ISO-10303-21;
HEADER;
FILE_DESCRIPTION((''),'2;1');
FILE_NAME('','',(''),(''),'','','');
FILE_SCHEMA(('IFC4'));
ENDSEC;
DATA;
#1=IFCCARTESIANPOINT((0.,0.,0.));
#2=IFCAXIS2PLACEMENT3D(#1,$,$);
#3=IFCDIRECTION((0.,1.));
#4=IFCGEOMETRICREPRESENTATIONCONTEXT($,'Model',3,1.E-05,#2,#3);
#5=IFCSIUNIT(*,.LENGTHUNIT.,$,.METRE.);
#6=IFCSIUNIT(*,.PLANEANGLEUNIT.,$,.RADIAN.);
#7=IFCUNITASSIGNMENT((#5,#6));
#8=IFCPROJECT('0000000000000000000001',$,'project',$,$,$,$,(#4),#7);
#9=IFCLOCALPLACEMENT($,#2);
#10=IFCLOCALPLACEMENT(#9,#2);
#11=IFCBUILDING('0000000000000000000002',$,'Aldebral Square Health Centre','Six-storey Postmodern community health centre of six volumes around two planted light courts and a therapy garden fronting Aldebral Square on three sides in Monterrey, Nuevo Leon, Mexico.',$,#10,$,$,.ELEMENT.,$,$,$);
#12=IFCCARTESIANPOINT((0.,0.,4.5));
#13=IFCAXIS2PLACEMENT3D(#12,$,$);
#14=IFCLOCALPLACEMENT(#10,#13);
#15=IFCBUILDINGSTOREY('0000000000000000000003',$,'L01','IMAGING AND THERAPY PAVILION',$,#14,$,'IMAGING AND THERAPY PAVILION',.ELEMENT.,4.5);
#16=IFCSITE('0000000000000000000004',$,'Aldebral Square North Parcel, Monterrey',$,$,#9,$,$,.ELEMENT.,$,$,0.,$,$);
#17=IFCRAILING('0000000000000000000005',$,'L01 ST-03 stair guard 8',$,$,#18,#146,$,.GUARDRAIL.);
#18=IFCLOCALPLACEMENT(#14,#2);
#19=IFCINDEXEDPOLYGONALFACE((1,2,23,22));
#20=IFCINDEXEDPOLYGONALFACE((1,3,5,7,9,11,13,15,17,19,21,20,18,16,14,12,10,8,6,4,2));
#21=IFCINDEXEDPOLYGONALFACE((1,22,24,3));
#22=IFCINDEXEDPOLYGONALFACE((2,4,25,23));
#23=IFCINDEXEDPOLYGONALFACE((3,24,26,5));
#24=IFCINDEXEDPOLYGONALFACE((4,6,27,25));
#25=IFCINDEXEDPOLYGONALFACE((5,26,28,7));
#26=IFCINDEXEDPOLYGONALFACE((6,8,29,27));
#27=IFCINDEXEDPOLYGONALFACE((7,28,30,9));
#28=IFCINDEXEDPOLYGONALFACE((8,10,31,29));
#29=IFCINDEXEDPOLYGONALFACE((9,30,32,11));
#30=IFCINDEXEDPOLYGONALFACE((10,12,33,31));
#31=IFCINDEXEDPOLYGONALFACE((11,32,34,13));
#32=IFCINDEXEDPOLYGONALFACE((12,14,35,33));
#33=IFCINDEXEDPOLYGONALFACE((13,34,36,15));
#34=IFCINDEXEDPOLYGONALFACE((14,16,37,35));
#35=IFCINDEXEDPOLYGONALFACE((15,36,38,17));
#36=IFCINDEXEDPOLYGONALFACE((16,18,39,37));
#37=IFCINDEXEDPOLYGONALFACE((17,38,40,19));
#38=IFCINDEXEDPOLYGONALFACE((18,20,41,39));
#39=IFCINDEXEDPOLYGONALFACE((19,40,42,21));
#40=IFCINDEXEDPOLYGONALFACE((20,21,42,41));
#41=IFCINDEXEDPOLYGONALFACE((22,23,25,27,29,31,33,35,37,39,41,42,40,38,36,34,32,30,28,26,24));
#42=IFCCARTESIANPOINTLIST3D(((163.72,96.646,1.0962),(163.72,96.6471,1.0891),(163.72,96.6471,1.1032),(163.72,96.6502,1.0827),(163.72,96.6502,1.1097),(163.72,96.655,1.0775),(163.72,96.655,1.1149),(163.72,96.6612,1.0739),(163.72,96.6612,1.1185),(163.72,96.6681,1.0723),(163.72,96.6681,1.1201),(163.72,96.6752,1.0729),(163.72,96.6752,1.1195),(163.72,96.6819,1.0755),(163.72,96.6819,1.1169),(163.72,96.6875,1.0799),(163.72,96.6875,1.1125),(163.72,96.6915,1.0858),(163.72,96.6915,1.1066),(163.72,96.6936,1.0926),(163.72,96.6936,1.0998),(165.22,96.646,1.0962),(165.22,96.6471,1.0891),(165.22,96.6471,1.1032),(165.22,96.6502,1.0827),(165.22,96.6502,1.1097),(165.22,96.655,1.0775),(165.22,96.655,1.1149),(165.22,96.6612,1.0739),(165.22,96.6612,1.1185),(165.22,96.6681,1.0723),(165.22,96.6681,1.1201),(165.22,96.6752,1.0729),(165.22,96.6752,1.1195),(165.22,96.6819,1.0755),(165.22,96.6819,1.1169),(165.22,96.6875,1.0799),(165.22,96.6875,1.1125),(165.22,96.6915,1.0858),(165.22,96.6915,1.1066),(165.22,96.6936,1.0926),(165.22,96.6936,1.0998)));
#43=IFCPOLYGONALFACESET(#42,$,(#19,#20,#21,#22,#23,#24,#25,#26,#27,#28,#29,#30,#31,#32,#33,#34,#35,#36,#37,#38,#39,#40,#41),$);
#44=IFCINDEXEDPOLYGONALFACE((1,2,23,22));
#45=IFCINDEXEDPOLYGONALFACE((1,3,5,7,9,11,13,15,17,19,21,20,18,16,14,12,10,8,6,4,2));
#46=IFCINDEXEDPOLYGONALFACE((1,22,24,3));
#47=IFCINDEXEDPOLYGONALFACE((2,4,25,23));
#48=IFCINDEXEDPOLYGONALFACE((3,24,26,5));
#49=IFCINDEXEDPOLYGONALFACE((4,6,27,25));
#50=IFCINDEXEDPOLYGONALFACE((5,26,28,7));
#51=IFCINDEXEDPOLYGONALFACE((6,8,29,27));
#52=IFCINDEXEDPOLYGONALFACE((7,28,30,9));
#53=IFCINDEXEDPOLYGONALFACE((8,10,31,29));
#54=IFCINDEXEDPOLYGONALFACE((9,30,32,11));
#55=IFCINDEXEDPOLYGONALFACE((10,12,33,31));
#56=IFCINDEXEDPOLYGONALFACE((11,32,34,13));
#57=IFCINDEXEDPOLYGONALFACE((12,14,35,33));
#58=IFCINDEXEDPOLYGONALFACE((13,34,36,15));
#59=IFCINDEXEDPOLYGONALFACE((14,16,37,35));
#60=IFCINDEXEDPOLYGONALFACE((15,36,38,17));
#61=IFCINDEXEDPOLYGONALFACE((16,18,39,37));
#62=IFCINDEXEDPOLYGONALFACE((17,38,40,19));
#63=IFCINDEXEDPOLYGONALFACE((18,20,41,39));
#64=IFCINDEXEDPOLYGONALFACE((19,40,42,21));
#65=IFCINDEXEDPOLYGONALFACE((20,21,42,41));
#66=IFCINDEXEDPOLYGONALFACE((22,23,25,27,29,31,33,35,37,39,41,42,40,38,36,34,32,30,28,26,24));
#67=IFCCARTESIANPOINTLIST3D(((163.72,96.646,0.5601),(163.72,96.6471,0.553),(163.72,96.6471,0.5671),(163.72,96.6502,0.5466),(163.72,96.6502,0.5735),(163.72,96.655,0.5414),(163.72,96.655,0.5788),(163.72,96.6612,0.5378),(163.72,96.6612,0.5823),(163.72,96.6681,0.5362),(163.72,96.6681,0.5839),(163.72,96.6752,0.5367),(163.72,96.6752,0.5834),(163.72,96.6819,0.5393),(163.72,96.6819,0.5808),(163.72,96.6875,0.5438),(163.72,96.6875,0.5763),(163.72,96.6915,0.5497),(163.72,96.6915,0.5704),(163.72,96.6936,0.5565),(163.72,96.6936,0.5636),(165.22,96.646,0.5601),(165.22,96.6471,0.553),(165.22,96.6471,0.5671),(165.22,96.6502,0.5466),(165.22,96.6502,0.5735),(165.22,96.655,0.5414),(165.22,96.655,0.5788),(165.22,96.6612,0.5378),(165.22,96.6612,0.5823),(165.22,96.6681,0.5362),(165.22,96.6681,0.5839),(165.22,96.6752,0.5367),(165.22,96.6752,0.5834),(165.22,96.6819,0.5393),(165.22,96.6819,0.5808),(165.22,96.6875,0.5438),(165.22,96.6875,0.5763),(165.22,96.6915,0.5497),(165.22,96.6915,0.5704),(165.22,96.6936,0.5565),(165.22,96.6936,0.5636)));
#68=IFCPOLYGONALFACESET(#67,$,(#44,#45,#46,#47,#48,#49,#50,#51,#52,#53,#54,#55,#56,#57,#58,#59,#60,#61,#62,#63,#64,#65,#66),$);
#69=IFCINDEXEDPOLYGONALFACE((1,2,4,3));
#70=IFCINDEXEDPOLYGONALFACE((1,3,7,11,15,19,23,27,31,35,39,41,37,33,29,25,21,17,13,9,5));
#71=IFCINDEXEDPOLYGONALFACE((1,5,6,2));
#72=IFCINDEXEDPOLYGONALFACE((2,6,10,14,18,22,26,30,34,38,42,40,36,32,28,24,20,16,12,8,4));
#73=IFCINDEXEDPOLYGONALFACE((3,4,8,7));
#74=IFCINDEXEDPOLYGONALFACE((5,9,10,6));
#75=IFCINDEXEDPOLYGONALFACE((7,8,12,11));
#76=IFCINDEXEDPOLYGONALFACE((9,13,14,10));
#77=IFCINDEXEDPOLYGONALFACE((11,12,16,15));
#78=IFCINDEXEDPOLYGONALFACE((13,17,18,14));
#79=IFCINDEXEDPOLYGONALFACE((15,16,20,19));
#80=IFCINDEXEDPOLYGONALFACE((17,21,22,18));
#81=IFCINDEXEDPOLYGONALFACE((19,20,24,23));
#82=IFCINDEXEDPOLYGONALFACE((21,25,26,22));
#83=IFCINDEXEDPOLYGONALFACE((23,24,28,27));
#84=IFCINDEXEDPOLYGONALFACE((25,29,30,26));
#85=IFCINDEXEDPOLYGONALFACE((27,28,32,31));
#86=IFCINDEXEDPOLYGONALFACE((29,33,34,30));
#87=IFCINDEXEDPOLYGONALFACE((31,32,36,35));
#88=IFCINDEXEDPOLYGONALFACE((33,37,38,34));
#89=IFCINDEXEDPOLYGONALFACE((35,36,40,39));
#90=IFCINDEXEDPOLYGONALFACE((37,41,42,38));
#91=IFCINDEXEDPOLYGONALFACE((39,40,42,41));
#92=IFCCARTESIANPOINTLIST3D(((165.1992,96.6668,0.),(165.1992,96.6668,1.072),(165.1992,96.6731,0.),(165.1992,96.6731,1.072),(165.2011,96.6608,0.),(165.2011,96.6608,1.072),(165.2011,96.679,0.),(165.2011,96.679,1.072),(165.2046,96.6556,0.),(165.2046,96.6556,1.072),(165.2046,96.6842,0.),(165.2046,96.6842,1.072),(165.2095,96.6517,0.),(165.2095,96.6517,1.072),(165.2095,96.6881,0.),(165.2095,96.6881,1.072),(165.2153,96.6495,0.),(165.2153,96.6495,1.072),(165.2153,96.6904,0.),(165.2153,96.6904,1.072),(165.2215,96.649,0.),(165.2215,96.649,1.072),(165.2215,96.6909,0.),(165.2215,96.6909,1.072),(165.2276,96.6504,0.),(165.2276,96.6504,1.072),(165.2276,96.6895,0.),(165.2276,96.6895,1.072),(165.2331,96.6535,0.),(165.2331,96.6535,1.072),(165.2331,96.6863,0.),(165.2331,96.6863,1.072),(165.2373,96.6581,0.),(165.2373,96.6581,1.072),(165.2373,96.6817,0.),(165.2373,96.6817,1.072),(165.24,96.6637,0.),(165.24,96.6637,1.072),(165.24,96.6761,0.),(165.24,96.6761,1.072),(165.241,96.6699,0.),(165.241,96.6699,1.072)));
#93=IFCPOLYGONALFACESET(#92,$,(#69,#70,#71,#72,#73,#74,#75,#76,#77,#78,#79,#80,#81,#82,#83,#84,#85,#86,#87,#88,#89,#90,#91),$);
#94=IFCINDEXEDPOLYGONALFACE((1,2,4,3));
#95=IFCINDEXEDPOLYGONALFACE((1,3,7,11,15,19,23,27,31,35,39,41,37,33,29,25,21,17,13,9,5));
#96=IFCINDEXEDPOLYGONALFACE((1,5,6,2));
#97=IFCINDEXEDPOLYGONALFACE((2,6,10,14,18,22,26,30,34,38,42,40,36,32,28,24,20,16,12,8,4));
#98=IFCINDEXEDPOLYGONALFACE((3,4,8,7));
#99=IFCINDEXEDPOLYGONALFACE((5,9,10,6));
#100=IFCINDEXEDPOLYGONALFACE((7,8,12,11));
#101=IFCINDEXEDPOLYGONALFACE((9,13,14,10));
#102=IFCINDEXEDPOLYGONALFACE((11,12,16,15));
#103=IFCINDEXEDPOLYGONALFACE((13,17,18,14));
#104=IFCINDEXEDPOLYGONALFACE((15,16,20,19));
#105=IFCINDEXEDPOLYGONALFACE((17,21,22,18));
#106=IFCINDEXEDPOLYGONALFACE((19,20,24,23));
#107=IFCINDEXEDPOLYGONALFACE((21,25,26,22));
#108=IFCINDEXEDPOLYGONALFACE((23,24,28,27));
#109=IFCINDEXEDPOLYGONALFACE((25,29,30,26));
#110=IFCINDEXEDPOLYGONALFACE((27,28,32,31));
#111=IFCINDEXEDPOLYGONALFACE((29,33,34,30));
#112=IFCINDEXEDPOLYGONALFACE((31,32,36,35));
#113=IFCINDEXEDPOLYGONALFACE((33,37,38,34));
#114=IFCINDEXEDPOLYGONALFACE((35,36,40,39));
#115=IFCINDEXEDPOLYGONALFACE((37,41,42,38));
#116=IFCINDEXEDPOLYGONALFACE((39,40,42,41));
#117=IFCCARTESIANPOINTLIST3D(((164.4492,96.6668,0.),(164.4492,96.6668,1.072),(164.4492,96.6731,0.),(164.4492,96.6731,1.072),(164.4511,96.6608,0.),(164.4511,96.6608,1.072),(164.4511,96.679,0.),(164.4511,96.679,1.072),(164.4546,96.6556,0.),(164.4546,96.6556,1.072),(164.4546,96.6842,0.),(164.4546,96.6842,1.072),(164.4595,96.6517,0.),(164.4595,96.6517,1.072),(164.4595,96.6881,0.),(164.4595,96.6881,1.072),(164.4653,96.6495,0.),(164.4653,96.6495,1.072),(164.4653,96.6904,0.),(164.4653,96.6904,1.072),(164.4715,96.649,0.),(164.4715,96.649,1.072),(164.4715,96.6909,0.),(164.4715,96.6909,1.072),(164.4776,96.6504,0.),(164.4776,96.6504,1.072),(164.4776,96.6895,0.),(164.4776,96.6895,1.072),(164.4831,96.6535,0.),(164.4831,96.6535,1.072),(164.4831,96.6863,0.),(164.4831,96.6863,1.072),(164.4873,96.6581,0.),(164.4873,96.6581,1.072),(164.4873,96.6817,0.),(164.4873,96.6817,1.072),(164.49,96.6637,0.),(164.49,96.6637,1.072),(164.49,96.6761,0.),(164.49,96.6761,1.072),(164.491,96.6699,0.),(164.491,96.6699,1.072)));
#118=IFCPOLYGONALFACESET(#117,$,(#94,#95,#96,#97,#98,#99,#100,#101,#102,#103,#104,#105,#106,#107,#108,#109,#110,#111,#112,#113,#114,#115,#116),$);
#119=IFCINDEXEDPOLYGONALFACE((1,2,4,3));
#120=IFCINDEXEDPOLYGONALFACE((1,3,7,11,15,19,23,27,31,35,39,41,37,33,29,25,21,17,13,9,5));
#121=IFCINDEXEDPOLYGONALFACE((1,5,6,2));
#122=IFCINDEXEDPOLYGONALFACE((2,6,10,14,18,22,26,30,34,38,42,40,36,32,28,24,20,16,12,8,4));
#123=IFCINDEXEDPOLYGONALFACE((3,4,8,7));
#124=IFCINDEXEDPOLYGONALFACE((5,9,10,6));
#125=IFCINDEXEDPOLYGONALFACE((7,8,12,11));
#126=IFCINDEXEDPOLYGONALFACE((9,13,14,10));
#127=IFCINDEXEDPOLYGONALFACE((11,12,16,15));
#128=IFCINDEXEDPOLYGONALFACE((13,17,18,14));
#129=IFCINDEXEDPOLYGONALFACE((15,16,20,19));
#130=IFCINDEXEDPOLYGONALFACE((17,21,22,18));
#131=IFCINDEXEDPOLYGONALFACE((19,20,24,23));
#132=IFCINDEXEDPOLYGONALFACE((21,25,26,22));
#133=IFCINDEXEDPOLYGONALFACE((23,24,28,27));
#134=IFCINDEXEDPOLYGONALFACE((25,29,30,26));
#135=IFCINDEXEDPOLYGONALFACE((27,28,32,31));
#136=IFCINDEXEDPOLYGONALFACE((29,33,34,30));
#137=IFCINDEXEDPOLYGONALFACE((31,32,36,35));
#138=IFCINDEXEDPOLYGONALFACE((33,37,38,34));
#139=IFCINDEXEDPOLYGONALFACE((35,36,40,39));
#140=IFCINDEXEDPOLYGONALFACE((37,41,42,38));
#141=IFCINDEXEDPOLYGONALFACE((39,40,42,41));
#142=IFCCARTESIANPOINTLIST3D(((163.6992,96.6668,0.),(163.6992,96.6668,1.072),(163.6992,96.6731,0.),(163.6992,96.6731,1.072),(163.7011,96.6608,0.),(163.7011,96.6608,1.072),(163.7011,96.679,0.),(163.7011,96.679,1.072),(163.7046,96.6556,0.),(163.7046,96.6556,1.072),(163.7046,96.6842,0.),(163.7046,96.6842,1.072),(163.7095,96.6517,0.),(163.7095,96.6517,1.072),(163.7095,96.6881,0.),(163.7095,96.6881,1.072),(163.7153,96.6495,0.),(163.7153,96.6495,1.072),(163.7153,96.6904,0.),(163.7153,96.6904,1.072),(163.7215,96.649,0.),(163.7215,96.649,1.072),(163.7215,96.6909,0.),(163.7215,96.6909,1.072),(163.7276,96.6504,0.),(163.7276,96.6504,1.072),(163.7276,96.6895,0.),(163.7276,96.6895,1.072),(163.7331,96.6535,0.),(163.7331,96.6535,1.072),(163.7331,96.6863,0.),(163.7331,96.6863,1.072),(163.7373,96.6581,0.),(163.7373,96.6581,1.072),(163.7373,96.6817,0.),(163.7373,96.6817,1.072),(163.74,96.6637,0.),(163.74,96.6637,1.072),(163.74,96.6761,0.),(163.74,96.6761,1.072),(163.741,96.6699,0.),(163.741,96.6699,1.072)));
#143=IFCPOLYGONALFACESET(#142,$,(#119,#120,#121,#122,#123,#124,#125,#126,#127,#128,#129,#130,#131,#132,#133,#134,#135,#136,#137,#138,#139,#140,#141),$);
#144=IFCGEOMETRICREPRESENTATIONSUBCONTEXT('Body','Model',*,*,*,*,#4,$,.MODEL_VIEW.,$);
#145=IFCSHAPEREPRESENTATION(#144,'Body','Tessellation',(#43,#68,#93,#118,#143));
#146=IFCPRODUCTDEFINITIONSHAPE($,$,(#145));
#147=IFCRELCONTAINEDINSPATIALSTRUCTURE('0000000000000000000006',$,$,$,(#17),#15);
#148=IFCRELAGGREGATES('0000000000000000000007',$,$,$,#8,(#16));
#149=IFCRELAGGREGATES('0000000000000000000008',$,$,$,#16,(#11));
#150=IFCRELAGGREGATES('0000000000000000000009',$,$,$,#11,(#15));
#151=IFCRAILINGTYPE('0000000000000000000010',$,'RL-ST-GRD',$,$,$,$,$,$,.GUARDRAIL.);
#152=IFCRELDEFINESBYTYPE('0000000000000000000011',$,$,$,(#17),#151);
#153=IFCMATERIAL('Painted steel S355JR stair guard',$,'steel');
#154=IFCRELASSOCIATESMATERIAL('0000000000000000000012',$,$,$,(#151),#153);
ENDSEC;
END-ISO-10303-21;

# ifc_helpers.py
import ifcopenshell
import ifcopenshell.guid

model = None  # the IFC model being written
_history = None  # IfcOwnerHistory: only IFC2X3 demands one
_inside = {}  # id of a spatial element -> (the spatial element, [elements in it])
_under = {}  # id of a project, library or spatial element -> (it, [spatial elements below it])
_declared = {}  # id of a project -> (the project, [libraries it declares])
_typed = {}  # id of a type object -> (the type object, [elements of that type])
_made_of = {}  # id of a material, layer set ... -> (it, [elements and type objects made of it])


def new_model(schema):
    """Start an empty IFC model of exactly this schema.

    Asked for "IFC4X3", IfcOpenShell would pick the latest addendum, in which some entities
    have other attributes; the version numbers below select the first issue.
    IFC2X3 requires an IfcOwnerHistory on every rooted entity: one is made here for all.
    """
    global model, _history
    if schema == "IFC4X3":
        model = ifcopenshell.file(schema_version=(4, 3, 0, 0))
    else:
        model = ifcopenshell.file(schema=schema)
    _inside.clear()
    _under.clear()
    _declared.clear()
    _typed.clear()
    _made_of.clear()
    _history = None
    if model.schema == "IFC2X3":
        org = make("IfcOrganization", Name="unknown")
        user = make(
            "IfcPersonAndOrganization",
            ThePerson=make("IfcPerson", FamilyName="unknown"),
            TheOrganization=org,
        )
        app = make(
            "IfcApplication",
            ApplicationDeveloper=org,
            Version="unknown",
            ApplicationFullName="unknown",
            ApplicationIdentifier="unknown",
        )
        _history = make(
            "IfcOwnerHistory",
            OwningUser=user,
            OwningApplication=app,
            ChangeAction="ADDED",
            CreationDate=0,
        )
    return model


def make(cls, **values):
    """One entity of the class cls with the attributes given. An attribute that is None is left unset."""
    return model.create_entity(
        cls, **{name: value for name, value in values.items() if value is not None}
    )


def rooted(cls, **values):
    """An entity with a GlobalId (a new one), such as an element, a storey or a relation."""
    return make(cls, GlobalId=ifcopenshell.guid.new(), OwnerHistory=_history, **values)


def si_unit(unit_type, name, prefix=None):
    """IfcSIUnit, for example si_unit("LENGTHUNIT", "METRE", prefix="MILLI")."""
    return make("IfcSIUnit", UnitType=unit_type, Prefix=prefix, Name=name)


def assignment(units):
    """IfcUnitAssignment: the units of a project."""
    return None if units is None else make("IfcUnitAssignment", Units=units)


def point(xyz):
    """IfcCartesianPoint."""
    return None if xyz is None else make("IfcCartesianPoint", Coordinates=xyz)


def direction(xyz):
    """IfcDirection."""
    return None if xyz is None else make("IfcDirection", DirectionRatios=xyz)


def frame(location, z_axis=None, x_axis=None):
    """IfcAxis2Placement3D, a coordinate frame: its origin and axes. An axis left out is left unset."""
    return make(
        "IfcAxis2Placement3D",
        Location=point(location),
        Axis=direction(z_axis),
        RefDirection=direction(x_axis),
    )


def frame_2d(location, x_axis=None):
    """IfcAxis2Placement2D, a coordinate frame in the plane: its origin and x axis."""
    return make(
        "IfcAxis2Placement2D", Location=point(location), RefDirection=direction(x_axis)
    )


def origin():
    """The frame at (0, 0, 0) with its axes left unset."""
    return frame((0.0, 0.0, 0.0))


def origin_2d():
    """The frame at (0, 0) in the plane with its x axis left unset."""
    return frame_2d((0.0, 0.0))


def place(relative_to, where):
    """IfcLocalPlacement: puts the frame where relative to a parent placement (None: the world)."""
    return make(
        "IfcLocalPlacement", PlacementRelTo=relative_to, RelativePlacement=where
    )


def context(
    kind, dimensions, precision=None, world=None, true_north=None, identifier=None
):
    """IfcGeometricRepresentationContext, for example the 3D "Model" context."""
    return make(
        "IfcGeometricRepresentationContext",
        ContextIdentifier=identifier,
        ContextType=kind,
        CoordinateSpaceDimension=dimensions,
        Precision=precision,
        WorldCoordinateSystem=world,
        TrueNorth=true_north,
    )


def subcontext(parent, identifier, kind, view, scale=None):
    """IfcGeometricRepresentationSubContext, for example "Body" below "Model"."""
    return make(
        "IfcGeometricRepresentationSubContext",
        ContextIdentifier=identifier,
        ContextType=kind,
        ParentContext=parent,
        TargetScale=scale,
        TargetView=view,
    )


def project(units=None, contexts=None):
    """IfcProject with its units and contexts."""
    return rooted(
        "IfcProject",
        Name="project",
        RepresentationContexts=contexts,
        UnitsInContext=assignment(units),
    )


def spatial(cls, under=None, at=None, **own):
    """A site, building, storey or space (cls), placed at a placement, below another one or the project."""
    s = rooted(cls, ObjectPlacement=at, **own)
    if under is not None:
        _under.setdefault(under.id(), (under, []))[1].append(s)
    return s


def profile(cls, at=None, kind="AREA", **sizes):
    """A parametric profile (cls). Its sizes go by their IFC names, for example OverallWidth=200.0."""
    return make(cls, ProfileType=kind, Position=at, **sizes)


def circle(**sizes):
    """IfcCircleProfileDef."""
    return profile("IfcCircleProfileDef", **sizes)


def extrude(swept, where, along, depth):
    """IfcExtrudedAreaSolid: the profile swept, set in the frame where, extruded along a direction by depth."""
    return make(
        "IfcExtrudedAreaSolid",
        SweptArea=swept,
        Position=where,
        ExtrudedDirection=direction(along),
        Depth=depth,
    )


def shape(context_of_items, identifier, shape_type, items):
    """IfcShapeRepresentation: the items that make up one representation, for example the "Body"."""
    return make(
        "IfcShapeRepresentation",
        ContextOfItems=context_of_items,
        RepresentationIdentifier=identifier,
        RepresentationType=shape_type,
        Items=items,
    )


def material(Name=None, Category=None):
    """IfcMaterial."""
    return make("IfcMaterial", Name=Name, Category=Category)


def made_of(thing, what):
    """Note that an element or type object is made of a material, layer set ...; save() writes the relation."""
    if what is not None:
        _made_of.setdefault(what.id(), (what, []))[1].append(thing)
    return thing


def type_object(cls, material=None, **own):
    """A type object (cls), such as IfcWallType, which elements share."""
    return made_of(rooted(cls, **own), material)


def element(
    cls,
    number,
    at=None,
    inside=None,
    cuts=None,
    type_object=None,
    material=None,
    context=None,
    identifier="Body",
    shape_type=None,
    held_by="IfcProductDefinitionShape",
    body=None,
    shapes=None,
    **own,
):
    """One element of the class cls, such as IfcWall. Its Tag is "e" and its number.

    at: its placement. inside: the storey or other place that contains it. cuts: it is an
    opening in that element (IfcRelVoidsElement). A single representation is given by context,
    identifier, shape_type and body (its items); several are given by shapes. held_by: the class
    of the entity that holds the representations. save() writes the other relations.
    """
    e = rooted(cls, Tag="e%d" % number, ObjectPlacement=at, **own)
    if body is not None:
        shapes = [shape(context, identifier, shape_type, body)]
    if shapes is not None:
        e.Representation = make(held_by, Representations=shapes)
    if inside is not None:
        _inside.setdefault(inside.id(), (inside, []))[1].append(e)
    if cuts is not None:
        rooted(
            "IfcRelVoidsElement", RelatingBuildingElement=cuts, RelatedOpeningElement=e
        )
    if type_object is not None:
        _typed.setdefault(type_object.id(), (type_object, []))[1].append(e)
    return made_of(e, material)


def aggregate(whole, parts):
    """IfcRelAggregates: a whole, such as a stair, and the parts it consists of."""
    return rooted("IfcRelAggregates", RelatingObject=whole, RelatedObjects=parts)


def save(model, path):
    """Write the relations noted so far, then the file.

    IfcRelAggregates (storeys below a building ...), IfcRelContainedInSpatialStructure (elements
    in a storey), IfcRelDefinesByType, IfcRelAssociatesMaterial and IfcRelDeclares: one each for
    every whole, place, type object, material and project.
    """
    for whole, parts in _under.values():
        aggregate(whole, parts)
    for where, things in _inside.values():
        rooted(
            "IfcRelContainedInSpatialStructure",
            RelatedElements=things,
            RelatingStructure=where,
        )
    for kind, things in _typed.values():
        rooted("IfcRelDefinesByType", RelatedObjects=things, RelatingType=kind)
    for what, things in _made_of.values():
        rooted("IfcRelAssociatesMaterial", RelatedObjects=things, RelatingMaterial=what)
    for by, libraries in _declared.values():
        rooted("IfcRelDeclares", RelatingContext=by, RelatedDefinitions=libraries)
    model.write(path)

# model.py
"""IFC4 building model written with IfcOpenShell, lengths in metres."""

from ifc_helpers import new_model, si_unit, direction, frame, origin, origin_2d, place, context, subcontext, project, spatial, circle, extrude, material, type_object, element, save


model = new_model("IFC4")

# Units and contexts
model_context = context("Model", 3, precision=1e-05, world=origin(), true_north=direction((0.0, 1.0)))
body_context = subcontext(model_context, "Body", "Model", "MODEL_VIEW")
ifc_project = project(units=[si_unit("LENGTHUNIT", "METRE"), si_unit("PLANEANGLEUNIT", "RADIAN")], contexts=[model_context])

# Site, building, storey
site_placement = place(None, origin())
site = spatial("IfcSite", under=ifc_project, at=site_placement, Name="Aldebral Square North Parcel, Monterrey", CompositionType="ELEMENT", RefElevation=0.0)
building_placement = place(site_placement, origin())
building = spatial("IfcBuilding", under=site, at=building_placement, Name="Aldebral Square Health Centre", Description="Six-storey Postmodern community health centre of six volumes around two planted light courts and a therapy garden fronting Aldebral Square on three sides in Monterrey, Nuevo Leon, Mexico.", CompositionType="ELEMENT")
storey_placement = place(building_placement, frame((0.0, 0.0, 4.5)))
storey = spatial("IfcBuildingStorey", under=building, at=storey_placement, Name="L01", Description="IMAGING AND THERAPY PAVILION", LongName="IMAGING AND THERAPY PAVILION", CompositionType="ELEMENT", Elevation=4.5)

# Railing
ifc_material_1 = material(Name="Painted steel S355JR stair guard", Category="steel")
railing_type_1 = type_object("IfcRailingType", Name="RL-ST-GRD", PredefinedType="GUARDRAIL", material=ifc_material_1)
railing_1_placement = place(storey_placement, frame((165.22, 96.6699, 0.0)))
element("IfcRailing", 1, at=railing_1_placement, inside=storey, type_object=railing_type_1, Name="L01 ST-03 stair guard 8", PredefinedType="GUARDRAIL", context=body_context, shape_type="SweptSolid", body=[
    extrude(circle(Radius=0.0239, at=origin_2d()), frame((0.0, 0.0, 1.0962), z_axis=(-1.0, 0.0, 0.0), x_axis=(0.0, -1.0, 0.0)), (0.0, 0.0, 1.0), 1.5),
    extrude(circle(Radius=0.0239, at=origin_2d()), frame((0.0, 0.0, 0.5601), z_axis=(-1.0, 0.0, 0.0), x_axis=(0.0, -1.0, 0.0)), (0.0, 0.0, 1.0), 1.5),
    extrude(circle(Radius=0.021, at=origin_2d()), origin(), (0.0, 0.0, 1.0), 1.072),
    extrude(circle(Radius=0.021, at=origin_2d()), frame((-0.75, 0.0, 0.0)), (0.0, 0.0, 1.0), 1.072),
    extrude(circle(Radius=0.021, at=origin_2d()), frame((-1.5, 0.0, 0.0)), (0.0, 0.0, 1.0), 1.072),
])

save(model, "model.ifc")
